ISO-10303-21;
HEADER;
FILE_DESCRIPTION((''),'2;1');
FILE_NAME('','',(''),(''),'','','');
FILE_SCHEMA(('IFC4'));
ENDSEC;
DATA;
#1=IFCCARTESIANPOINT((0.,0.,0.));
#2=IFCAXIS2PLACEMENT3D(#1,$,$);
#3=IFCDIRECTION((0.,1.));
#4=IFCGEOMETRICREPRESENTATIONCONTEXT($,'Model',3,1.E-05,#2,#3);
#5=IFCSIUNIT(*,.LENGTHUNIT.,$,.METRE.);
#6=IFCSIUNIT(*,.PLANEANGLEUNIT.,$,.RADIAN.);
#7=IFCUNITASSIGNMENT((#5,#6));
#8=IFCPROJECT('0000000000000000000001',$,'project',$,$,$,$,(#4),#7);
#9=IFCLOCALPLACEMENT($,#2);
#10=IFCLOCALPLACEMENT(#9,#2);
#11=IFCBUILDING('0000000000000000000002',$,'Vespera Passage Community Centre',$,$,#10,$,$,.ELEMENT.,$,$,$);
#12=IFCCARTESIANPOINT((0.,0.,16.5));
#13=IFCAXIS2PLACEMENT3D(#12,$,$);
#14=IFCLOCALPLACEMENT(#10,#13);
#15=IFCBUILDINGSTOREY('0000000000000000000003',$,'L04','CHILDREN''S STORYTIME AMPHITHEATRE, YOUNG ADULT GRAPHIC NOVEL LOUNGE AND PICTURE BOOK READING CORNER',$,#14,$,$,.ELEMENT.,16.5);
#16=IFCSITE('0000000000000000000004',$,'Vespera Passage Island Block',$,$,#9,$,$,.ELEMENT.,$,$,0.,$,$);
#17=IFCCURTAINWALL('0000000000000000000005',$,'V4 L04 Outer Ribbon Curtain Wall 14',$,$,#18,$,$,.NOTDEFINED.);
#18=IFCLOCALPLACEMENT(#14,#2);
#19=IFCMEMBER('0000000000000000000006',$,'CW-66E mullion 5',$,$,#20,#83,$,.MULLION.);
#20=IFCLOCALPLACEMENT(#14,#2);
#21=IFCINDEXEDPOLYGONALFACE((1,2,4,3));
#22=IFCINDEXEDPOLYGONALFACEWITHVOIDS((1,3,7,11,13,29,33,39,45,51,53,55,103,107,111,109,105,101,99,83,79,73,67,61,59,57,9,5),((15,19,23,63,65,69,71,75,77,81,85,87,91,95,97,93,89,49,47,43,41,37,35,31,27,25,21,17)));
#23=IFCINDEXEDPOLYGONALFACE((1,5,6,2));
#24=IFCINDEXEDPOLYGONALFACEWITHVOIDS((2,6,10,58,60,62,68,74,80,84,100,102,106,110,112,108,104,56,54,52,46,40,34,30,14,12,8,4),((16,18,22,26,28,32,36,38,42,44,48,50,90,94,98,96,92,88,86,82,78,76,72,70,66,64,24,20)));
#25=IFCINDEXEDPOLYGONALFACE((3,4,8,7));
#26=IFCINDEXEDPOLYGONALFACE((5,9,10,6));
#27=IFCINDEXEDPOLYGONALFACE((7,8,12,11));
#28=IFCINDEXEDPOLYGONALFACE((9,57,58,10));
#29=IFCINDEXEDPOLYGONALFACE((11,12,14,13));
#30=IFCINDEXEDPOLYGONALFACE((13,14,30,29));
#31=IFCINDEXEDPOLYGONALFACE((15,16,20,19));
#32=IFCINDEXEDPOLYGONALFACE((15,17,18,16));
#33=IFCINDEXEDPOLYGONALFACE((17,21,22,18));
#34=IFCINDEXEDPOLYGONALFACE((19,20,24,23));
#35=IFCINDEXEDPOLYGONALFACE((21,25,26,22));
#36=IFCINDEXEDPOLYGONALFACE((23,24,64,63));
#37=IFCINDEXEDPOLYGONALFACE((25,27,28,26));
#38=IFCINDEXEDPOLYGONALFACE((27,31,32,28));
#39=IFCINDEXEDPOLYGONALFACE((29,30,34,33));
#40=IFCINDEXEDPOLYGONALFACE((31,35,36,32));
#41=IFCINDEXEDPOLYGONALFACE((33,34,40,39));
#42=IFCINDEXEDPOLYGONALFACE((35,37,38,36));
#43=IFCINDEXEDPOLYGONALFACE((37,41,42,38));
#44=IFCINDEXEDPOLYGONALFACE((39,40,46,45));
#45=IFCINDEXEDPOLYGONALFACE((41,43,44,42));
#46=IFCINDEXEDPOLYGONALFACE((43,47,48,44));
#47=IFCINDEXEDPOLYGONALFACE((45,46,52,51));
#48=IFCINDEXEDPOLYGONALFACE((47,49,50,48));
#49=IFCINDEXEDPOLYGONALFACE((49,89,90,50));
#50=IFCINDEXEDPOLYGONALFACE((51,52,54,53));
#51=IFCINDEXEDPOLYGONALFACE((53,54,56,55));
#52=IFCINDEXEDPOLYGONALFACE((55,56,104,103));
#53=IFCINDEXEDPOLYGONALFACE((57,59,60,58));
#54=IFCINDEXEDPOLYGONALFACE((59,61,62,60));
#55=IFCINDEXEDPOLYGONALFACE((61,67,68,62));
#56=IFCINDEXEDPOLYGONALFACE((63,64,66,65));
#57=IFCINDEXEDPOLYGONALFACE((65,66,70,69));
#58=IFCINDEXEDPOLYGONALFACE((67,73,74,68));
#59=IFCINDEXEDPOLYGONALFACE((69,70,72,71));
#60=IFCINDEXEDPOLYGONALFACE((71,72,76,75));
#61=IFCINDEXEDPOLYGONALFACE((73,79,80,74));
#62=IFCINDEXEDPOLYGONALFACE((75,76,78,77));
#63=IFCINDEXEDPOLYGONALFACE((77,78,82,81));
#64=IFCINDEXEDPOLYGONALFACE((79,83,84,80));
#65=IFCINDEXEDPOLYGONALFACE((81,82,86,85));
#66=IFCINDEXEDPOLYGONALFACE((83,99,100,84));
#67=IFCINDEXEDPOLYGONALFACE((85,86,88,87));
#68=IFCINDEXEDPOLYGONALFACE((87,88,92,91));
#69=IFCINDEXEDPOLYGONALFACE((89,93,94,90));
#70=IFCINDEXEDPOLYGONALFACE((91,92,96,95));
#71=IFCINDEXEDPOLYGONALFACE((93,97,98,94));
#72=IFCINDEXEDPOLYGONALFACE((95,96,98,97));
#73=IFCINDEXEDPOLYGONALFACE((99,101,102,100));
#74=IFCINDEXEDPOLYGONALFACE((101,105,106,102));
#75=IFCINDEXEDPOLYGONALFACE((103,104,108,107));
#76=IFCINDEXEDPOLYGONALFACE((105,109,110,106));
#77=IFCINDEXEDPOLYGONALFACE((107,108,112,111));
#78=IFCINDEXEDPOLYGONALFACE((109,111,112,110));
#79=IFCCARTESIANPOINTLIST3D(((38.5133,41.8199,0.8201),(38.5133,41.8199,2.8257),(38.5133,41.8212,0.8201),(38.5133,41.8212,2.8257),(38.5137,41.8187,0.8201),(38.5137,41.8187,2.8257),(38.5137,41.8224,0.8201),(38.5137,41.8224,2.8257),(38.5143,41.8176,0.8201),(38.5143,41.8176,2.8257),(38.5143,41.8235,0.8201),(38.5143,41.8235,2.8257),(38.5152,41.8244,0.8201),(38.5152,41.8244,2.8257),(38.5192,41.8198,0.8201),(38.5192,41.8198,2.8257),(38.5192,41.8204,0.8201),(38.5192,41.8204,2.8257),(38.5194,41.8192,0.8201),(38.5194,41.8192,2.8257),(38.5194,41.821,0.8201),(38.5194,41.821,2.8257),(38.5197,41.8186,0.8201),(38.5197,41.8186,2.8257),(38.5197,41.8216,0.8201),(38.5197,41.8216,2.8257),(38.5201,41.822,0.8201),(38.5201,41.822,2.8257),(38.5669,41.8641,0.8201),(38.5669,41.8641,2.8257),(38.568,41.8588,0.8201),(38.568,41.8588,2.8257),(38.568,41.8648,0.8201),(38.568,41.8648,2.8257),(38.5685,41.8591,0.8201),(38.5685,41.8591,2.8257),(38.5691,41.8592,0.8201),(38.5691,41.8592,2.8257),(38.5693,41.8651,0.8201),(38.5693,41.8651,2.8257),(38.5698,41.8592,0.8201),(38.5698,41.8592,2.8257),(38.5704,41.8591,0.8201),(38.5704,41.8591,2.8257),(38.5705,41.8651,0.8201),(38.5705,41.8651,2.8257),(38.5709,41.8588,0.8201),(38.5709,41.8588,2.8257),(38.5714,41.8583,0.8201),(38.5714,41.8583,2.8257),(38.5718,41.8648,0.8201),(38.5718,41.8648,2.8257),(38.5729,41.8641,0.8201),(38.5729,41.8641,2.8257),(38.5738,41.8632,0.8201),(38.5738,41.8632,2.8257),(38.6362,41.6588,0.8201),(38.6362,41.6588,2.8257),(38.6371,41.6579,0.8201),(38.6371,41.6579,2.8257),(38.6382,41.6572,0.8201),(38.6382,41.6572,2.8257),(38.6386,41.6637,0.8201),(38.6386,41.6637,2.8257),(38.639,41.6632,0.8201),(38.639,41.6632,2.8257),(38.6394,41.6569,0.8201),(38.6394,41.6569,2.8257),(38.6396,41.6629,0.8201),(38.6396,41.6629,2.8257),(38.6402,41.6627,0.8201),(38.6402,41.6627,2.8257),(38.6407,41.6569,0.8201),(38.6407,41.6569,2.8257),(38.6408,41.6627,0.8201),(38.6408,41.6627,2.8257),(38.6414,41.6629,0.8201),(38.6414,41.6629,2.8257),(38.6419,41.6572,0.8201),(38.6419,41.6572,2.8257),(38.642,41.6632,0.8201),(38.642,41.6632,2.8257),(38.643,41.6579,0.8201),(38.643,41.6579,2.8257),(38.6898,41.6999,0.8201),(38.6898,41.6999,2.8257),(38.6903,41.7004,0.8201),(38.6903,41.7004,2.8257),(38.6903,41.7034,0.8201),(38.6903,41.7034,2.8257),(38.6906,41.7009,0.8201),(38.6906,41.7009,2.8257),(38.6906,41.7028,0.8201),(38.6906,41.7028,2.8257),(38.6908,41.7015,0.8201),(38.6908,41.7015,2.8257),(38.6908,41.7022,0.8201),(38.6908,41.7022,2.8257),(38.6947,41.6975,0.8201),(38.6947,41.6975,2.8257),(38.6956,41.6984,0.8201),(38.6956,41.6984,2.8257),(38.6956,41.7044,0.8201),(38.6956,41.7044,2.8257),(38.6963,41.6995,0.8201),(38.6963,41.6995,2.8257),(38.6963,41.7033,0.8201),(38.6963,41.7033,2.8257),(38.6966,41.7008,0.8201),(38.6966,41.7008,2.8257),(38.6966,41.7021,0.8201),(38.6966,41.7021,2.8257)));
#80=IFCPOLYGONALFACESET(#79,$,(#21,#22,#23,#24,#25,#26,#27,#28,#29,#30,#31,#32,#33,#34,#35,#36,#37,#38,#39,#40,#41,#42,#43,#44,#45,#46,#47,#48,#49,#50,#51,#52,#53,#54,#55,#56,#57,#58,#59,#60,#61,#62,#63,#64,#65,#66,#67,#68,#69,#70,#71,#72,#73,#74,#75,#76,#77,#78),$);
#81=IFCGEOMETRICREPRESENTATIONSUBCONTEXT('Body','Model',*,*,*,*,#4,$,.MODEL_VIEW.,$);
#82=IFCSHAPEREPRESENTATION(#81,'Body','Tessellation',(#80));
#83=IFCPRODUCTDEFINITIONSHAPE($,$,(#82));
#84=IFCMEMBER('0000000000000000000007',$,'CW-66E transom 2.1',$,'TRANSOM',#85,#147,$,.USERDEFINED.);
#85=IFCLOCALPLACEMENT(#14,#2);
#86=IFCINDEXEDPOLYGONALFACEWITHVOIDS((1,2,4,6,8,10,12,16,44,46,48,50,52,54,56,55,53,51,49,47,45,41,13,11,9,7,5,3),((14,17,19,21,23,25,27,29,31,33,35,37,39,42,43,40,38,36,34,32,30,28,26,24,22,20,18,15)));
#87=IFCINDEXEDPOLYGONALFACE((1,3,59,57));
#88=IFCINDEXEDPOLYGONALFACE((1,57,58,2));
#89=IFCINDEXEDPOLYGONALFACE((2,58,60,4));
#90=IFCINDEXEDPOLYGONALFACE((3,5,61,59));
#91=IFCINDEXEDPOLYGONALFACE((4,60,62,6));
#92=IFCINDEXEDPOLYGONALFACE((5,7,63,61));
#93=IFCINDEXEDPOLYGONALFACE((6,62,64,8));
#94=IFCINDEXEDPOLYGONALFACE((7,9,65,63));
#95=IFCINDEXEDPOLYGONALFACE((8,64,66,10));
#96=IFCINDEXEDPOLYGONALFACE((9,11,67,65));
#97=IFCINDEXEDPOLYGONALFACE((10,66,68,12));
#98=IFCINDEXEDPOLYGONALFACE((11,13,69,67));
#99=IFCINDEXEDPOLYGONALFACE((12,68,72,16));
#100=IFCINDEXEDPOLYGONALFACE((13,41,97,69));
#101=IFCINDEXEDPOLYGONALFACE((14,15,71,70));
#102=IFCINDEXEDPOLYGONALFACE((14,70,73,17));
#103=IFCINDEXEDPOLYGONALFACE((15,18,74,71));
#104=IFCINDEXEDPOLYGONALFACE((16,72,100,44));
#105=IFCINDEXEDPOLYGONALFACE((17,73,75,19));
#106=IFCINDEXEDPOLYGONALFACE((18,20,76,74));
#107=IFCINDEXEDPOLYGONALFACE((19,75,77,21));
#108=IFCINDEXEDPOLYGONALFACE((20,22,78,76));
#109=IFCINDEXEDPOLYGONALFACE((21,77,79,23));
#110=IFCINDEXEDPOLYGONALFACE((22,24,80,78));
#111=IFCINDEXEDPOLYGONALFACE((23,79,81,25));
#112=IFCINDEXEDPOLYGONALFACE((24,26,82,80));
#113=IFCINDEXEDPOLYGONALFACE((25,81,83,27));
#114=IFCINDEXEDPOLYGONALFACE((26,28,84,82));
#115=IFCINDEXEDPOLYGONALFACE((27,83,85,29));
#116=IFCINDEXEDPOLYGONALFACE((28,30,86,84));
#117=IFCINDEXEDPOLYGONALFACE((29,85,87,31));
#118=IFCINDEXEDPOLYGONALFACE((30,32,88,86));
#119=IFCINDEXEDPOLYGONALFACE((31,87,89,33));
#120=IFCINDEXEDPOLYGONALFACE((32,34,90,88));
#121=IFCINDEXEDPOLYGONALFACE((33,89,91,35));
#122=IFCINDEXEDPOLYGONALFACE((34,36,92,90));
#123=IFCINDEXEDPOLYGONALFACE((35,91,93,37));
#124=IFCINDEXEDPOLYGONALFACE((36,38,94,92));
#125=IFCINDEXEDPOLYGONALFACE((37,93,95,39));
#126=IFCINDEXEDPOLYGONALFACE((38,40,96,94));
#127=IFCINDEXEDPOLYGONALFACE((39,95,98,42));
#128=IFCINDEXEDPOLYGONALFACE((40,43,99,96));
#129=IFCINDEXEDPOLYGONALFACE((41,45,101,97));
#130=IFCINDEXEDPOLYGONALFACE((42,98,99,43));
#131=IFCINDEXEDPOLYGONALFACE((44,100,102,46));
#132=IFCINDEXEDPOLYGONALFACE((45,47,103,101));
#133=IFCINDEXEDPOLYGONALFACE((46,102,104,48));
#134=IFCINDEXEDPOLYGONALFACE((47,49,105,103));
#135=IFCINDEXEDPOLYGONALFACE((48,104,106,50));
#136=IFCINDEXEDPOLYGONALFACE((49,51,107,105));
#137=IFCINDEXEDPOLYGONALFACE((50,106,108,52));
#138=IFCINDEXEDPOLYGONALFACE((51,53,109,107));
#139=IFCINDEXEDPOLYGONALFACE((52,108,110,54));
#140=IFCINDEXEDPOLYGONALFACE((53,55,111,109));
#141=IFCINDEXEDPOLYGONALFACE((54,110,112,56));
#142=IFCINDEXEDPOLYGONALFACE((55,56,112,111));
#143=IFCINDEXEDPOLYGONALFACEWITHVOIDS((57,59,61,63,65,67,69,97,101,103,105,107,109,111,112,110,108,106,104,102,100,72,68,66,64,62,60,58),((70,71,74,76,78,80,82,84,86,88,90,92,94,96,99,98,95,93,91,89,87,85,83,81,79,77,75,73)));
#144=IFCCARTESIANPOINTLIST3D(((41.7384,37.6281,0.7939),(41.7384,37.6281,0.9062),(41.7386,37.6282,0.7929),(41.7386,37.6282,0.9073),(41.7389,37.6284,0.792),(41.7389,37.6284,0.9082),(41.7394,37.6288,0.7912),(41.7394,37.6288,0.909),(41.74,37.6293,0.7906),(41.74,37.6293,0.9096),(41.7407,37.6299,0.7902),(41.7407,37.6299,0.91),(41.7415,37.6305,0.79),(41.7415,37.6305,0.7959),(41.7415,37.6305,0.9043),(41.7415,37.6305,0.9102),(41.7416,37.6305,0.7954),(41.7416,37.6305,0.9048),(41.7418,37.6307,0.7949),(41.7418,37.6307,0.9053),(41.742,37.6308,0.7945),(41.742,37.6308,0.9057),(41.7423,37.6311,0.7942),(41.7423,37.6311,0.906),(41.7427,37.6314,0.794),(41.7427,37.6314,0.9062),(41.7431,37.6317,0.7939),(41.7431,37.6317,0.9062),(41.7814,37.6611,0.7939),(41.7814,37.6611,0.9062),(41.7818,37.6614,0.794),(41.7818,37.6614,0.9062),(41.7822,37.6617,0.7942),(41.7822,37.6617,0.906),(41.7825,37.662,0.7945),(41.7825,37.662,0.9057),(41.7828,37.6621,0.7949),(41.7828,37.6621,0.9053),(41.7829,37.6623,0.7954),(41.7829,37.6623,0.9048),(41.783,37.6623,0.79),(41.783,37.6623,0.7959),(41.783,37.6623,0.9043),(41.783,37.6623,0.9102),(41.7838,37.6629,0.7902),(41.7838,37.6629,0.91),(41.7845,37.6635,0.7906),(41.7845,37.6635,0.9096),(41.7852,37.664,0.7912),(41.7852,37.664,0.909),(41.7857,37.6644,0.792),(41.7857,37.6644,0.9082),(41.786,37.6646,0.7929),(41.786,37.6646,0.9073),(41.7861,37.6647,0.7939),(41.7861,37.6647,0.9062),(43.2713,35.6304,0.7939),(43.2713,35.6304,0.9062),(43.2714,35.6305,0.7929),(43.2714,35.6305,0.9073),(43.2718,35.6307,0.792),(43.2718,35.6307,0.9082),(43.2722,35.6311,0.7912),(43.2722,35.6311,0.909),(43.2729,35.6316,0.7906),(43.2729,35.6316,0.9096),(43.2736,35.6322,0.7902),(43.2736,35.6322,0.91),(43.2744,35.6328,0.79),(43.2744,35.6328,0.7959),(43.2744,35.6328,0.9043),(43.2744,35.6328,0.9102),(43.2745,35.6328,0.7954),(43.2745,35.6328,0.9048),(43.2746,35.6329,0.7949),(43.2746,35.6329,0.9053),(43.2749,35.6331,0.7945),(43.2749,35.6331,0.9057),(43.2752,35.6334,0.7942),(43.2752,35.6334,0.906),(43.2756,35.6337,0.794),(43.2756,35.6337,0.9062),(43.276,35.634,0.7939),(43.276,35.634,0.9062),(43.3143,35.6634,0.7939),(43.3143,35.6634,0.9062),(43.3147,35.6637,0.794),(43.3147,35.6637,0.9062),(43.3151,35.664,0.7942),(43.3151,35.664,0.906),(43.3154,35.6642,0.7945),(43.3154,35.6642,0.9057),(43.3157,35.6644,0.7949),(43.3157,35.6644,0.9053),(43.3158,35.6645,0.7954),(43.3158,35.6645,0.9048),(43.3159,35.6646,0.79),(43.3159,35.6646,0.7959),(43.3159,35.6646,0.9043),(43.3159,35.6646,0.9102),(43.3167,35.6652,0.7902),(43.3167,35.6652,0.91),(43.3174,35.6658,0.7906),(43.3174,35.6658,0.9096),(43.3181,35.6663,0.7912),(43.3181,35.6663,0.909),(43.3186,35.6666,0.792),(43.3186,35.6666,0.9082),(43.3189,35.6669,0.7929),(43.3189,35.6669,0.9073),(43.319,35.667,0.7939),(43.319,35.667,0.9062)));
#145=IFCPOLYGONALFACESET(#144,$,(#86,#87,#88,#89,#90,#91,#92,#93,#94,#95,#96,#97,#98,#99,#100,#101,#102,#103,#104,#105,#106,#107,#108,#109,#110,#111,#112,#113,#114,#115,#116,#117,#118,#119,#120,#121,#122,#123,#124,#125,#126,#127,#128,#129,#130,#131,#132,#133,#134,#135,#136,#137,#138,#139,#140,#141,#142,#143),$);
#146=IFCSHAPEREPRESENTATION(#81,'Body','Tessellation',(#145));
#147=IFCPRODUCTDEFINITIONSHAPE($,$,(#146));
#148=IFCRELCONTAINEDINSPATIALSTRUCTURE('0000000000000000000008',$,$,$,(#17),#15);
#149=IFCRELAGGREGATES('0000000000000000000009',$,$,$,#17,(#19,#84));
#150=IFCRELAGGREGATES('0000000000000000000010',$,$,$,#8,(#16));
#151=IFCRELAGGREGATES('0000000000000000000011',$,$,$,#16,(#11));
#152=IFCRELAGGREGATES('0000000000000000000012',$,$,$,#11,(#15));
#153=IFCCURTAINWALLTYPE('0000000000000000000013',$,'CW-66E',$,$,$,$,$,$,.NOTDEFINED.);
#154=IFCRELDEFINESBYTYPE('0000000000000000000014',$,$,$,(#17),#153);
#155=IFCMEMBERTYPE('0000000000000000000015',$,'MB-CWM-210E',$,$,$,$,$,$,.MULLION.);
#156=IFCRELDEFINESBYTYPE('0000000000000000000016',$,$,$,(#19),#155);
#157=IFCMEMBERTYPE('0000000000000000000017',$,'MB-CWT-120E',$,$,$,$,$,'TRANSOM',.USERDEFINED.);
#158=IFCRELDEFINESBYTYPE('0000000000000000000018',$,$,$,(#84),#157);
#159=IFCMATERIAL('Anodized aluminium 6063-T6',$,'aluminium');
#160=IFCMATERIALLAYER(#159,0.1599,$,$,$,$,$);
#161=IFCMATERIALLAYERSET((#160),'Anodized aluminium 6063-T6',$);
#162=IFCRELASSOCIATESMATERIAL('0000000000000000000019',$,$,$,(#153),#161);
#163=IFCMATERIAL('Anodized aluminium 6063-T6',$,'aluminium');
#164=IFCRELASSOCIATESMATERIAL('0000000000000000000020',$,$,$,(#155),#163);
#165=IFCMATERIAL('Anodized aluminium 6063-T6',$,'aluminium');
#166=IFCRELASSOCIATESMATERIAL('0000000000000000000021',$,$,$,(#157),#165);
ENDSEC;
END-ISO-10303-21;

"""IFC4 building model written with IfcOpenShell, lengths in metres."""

from ifc_helpers import new_model, si_unit, direction, frame, origin, origin_2d, place, context, subcontext, project, spatial, hollow_rectangle, extrude, material, layer, layer_set, material_profile, profile_set, type_object, element, aggregate, save


model = new_model("IFC4")

# Units and contexts
model_context = context("Model", 3, precision=1e-05, world=origin(), true_north=direction((0.0, 1.0)))
body_context = subcontext(model_context, "Body", "Model", "MODEL_VIEW")
ifc_project = project(units=[si_unit("LENGTHUNIT", "METRE"), si_unit("PLANEANGLEUNIT", "RADIAN")], contexts=[model_context])

# Site, building, storey
site_placement = place(None, origin())
site = spatial("IfcSite", under=ifc_project, at=site_placement, Name="Vespera Passage Island Block", CompositionType="ELEMENT", RefElevation=0.0)
building_placement = place(site_placement, origin())
building = spatial("IfcBuilding", under=site, at=building_placement, Name="Vespera Passage Community Centre", CompositionType="ELEMENT")
storey_placement = place(building_placement, frame((0.0, 0.0, 16.5)))
storey = spatial("IfcBuildingStorey", under=building, at=storey_placement, Name="L04", Description="CHILDREN'S STORYTIME AMPHITHEATRE, YOUNG ADULT GRAPHIC NOVEL LOUNGE AND PICTURE BOOK READING CORNER", CompositionType="ELEMENT", Elevation=16.5)

# Curtain wall, members
ifc_material_1 = material(Name="Anodized aluminium 6063-T6", Category="aluminium")
ifc_layer_1 = layer(ifc_material_1, 0.1599)
ifc_layer_set_1 = layer_set([ifc_layer_1], Name="Anodized aluminium 6063-T6")
curtain_wall_type = type_object("IfcCurtainWallType", Name="CW-66E", PredefinedType="NOTDEFINED", material=ifc_layer_set_1)
curtain_wall_placement = place(storey_placement, origin())
curtain_wall = element("IfcCurtainWall", 1, at=curtain_wall_placement, inside=storey, type_object=curtain_wall_type, Name="V4 L04 Outer Ribbon Curtain Wall 14", PredefinedType="NOTDEFINED")
ifc_material_2 = material(Name="Anodized aluminium 6063-T6", Category="aluminium")
ifc_material_profile_1 = material_profile(ifc_material_2, hollow_rectangle(XDim=0.075, YDim=0.21, WallThickness=0.0049, InnerFilletRadius=0.0024, OuterFilletRadius=0.0049, at=origin_2d()), Name="ALU210X75X5")
ifc_profile_set_1 = profile_set([ifc_material_profile_1], Name="Anodized aluminium 6063-T6")
member_type_1 = type_object("IfcMemberType", Name="MB-CWM-210E", PredefinedType="MULLION", material=ifc_profile_set_1)
member_1_placement = place(storey_placement, frame((38.605, 41.761, 0.8201), z_axis=(0.0, 0.0, 1.0), x_axis=(-0.79335, -0.608765, 0.0)))
member_1 = element("IfcMember", 2, at=member_1_placement, type_object=member_type_1, Name="CW-66E mullion 5", PredefinedType="MULLION", context=body_context, shape_type="SweptSolid", body=[
    extrude(hollow_rectangle(XDim=0.075, YDim=0.21, WallThickness=0.0049, InnerFilletRadius=0.0024, OuterFilletRadius=0.0049, at=origin_2d()), origin(), (0.0, 0.0, 1.0), 2.0056),
])
ifc_material_3 = material(Name="Anodized aluminium 6063-T6", Category="aluminium")
ifc_material_profile_2 = material_profile(ifc_material_3, hollow_rectangle(XDim=0.0601, YDim=0.1201, WallThickness=0.0039, InnerFilletRadius=0.002, OuterFilletRadius=0.0039, at=origin_2d()), Name="ALU120X60X4")
ifc_profile_set_2 = profile_set([ifc_material_profile_2], Name="Anodized aluminium 6063-T6")
member_type_2 = type_object("IfcMemberType", Name="MB-CWT-120E", ElementType="TRANSOM", PredefinedType="USERDEFINED", material=ifc_profile_set_2)
member_2_placement = place(storey_placement, frame((43.2952, 35.6487, 0.8501), z_axis=(-0.608759, 0.793355, 0.0), x_axis=(-0.793355, -0.608759, 0.0)))
member_2 = element("IfcMember", 3, at=member_2_placement, type_object=member_type_2, Name="CW-66E transom 2.1", ObjectType="TRANSOM", PredefinedType="USERDEFINED", context=body_context, shape_type="SweptSolid", body=[
    extrude(hollow_rectangle(XDim=0.0601, YDim=0.1201, WallThickness=0.0039, InnerFilletRadius=0.002, OuterFilletRadius=0.0039, at=origin_2d()), origin(), (0.0, 0.0, 1.0), 2.5181),
])
aggregate(curtain_wall, [member_1, member_2])

save(model, "model.ifc")
